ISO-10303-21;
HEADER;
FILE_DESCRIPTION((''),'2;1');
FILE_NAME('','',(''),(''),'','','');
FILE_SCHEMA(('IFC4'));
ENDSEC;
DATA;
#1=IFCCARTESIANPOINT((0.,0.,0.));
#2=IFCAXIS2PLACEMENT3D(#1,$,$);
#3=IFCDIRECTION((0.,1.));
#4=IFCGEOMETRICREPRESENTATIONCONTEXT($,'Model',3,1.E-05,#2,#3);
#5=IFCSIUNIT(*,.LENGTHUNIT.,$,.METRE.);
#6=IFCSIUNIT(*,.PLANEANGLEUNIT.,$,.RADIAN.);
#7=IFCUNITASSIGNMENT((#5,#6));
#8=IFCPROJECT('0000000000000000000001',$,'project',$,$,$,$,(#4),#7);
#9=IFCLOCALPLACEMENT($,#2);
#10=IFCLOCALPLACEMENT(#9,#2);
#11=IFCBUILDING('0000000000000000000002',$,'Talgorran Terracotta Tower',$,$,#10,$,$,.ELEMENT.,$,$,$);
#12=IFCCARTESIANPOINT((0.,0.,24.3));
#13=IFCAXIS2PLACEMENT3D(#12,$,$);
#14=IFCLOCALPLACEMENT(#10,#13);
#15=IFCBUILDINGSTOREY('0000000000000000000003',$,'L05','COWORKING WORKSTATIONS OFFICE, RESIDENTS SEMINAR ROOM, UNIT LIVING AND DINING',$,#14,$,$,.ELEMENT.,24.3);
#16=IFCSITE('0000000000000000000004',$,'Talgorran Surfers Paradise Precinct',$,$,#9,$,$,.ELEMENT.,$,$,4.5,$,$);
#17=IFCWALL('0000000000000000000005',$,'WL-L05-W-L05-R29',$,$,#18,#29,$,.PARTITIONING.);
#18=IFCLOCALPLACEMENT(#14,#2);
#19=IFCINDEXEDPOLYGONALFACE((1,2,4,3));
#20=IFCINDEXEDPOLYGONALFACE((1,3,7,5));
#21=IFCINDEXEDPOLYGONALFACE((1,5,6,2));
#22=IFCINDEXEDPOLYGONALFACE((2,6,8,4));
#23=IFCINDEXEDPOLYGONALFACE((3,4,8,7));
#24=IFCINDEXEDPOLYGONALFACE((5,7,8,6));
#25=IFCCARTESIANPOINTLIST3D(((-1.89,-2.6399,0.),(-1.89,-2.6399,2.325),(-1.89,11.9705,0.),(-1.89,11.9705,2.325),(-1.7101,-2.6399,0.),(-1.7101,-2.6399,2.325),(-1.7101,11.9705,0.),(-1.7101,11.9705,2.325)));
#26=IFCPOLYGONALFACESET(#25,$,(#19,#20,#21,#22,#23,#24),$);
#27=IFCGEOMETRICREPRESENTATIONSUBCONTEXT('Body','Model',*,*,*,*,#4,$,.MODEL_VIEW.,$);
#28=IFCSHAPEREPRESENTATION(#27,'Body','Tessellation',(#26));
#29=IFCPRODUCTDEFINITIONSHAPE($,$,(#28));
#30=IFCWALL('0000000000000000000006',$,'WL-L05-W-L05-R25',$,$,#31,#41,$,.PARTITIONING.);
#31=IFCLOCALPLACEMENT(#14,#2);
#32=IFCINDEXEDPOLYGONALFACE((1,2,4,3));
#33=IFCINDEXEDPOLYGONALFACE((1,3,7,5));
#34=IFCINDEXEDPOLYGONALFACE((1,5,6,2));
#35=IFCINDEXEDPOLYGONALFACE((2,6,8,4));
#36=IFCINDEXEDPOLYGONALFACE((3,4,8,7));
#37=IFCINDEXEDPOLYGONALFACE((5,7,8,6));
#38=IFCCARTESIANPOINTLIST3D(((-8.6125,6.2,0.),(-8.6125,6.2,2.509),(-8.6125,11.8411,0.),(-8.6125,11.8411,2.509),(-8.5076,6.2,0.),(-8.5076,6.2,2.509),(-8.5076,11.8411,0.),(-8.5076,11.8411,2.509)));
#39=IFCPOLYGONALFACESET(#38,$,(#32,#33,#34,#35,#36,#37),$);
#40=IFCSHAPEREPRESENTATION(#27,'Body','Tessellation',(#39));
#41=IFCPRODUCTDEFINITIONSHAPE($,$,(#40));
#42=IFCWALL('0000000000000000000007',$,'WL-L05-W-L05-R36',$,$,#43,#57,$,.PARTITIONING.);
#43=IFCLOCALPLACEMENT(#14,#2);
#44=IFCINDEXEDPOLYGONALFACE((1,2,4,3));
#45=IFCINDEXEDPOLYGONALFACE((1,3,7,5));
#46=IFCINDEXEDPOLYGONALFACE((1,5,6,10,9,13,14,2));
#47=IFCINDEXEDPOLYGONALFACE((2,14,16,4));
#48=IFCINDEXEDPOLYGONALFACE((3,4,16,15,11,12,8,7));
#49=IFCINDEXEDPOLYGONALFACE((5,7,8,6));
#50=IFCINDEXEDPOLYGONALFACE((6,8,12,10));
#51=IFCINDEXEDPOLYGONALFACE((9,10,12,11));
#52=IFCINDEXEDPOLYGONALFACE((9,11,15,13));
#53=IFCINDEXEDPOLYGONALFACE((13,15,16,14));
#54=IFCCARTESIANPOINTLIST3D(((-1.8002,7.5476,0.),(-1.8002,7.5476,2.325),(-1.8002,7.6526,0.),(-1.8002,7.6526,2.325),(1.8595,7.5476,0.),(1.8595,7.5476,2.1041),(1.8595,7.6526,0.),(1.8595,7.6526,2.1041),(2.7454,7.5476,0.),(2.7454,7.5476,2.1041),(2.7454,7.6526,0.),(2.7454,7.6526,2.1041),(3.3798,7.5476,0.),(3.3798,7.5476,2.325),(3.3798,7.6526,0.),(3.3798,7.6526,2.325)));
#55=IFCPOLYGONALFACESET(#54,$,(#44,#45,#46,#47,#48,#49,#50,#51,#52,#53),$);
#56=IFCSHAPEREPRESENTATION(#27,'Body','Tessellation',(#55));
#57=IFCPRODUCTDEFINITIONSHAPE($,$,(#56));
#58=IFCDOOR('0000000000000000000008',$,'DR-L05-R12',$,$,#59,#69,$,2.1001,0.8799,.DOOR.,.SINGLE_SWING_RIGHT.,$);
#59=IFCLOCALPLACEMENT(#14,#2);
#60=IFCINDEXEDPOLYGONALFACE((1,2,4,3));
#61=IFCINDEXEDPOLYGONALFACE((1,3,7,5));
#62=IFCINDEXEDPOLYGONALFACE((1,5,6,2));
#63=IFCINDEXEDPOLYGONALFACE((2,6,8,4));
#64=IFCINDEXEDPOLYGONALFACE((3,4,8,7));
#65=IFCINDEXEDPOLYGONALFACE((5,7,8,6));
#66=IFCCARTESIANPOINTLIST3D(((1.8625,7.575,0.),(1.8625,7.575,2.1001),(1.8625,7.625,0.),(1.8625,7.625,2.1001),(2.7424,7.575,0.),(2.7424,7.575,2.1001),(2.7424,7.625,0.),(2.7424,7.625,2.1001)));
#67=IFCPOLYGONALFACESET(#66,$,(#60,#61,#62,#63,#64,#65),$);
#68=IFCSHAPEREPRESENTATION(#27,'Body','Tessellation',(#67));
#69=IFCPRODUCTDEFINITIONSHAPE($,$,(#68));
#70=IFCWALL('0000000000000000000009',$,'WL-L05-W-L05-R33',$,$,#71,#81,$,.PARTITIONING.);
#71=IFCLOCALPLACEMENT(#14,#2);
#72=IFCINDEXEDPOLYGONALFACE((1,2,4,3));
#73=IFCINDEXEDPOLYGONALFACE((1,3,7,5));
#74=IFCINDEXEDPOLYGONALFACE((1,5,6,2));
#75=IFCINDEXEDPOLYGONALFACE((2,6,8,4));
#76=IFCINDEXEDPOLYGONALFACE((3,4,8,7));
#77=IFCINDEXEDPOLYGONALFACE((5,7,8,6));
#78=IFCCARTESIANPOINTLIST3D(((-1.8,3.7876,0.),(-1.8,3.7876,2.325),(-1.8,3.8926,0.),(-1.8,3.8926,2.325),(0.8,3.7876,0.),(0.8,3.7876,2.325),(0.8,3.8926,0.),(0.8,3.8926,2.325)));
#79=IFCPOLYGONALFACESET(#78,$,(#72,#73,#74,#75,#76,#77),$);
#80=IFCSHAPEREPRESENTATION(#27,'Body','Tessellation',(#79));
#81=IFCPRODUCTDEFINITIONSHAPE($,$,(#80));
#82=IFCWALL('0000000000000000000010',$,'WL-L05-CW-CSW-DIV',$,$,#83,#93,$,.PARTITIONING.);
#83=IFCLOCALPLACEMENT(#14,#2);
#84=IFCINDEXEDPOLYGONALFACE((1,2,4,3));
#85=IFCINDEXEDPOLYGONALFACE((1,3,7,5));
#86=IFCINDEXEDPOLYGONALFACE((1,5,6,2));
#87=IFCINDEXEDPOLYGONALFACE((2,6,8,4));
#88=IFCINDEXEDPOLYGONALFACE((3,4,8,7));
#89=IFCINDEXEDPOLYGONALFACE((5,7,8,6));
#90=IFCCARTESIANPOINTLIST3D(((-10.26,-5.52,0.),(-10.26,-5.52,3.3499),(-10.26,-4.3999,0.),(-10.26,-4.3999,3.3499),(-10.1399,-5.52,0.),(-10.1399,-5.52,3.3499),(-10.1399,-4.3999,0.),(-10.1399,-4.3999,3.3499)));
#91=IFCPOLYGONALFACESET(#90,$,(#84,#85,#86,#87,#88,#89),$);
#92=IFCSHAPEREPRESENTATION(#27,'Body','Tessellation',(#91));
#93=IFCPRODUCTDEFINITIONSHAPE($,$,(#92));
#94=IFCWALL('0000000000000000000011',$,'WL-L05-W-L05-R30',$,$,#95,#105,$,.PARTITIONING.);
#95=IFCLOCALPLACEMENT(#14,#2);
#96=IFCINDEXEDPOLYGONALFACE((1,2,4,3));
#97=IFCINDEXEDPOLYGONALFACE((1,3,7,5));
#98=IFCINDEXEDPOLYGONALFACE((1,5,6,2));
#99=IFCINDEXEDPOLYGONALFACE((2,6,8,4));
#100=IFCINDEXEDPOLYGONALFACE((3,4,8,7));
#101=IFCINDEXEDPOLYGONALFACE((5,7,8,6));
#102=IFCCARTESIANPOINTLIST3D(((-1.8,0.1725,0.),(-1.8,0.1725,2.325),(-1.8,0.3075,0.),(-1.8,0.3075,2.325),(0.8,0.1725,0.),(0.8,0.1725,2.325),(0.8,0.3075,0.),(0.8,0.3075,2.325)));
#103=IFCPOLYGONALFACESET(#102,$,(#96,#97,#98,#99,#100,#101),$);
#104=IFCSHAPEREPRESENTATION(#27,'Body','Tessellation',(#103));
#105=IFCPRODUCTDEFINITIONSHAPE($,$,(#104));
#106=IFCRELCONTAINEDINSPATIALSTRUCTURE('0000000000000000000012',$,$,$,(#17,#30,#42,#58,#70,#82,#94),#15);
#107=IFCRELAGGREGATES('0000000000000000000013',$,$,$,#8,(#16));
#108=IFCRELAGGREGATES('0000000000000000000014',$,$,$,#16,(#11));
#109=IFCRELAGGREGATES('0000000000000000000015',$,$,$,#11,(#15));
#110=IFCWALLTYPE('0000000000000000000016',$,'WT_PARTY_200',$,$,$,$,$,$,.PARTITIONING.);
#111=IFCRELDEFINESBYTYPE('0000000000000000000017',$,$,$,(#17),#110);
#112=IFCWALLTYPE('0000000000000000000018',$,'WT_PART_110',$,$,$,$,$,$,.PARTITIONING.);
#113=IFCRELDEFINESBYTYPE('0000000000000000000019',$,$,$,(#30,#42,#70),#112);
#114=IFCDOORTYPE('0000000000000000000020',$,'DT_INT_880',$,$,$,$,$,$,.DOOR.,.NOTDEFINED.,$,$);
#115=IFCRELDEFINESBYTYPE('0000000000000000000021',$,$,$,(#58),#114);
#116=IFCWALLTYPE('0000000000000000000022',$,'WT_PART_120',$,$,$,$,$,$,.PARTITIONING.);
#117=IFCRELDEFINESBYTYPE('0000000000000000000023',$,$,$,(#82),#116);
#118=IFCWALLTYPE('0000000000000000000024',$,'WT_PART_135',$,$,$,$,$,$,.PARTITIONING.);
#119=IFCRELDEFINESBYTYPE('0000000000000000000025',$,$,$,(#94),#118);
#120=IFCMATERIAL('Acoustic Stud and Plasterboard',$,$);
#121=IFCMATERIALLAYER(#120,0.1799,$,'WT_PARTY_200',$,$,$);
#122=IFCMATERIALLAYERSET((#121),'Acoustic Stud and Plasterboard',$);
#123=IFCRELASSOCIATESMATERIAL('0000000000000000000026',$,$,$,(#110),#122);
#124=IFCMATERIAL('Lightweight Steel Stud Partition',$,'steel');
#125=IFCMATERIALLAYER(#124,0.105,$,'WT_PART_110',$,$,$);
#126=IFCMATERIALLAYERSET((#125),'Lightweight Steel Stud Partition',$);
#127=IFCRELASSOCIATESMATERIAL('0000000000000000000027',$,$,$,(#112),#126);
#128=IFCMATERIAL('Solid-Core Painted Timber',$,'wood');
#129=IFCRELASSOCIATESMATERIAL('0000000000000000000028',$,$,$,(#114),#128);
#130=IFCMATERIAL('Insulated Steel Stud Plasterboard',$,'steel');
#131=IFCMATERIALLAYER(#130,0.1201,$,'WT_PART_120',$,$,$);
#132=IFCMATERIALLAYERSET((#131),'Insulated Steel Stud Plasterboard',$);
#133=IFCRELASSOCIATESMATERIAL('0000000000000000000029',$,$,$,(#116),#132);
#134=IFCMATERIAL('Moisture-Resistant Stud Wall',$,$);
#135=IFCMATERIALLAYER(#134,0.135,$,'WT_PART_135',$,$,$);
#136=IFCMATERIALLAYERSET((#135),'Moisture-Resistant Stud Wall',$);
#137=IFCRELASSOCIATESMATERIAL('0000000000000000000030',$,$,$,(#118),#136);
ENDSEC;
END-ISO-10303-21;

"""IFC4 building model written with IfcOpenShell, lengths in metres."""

from ifc_helpers import new_model, si_unit, direction, frame, frame_2d, origin, place, context, subcontext, project, spatial, rectangle, extrude, material, layer, layer_set, type_object, element, fill, save


model = new_model("IFC4")

# Units and contexts
model_context = context("Model", 3, precision=1e-05, world=origin(), true_north=direction((0.0, 1.0)))
body_context = subcontext(model_context, "Body", "Model", "MODEL_VIEW")
ifc_project = project(units=[si_unit("LENGTHUNIT", "METRE"), si_unit("PLANEANGLEUNIT", "RADIAN")], contexts=[model_context])

# Site, building, storey
site_placement = place(None, origin())
site = spatial("IfcSite", under=ifc_project, at=site_placement, Name="Talgorran Surfers Paradise Precinct", CompositionType="ELEMENT", RefElevation=4.5)
building_placement = place(site_placement, origin())
building = spatial("IfcBuilding", under=site, at=building_placement, Name="Talgorran Terracotta Tower", CompositionType="ELEMENT")
storey_placement = place(building_placement, frame((0.0, 0.0, 24.3)))
storey = spatial("IfcBuildingStorey", under=building, at=storey_placement, Name="L05", Description="COWORKING WORKSTATIONS OFFICE, RESIDENTS SEMINAR ROOM, UNIT LIVING AND DINING", CompositionType="ELEMENT", Elevation=24.3)

# Walls
ifc_material_1 = material(Name="Acoustic Stud and Plasterboard")
ifc_layer_1 = layer(ifc_material_1, 0.1799, Name="WT_PARTY_200")
ifc_layer_set_1 = layer_set([ifc_layer_1], Name="Acoustic Stud and Plasterboard")
wall_type_1 = type_object("IfcWallType", Name="WT_PARTY_200", PredefinedType="PARTITIONING", material=ifc_layer_set_1)
wall_1_placement = place(storey_placement, frame((-1.8, -2.6399, 0.0), z_axis=(0.0, 0.0, 1.0), x_axis=(0.0, 1.0, 0.0)))
element("IfcWall", 1, at=wall_1_placement, inside=storey, type_object=wall_type_1, Name="WL-L05-W-L05-R29", PredefinedType="PARTITIONING", context=body_context, shape_type="SweptSolid", body=[
    extrude(rectangle(XDim=14.6104, YDim=0.1799, at=frame_2d((7.3052, 0.0))), origin(), (0.0, 0.0, 1.0), 2.325),
])
ifc_material_2 = material(Name="Lightweight Steel Stud Partition", Category="steel")
ifc_layer_2 = layer(ifc_material_2, 0.105, Name="WT_PART_110")
ifc_layer_set_2 = layer_set([ifc_layer_2], Name="Lightweight Steel Stud Partition")
wall_type_2 = type_object("IfcWallType", Name="WT_PART_110", PredefinedType="PARTITIONING", material=ifc_layer_set_2)
wall_2_placement = place(storey_placement, frame((-8.5601, 6.2, 0.0), z_axis=(0.0, 0.0, 1.0), x_axis=(0.0, 1.0, 0.0)))
element("IfcWall", 2, at=wall_2_placement, inside=storey, type_object=wall_type_2, Name="WL-L05-W-L05-R25", PredefinedType="PARTITIONING", context=body_context, shape_type="SweptSolid", body=[
    extrude(rectangle(XDim=5.6411, YDim=0.105, at=frame_2d((2.8206, 0.0))), origin(), (0.0, 0.0, 1.0), 2.509),
])

# Wall, opening, door
wall_3_placement = place(storey_placement, frame((-1.8, 7.6001, 0.0), z_axis=(0.0, 0.0, 1.0), x_axis=(1.0, 0.0, 0.0)))
wall_3 = element("IfcWall", 3, at=wall_3_placement, inside=storey, type_object=wall_type_2, Name="WL-L05-W-L05-R36", PredefinedType="PARTITIONING", context=body_context, shape_type="SweptSolid", body=[
    extrude(rectangle(XDim=5.1799, YDim=0.105, at=frame_2d((2.5898, 0.0))), origin(), (0.0, 0.0, 1.0), 2.325),
])
opening_1_placement = place(wall_3_placement, frame((3.6626, 0.0, 0.0)))
opening_1 = element("IfcOpeningElement", 4, at=opening_1_placement, cuts=wall_3, PredefinedType="OPENING", context=body_context, shape_type="SweptSolid", body=[
    extrude(rectangle(XDim=0.8859, YDim=2.1041, at=frame_2d((0.4399, 1.052))), frame((0.0, 0.0625, 0.0), z_axis=(0.0, -1.0, 0.0), x_axis=(1.0, 0.0, 0.0)), (0.0, 0.0, 1.0), 0.125),
])
ifc_material_3 = material(Name="Solid-Core Painted Timber", Category="wood")
door_type_1 = type_object("IfcDoorType", Name="DT_INT_880", OperationType="NOTDEFINED", PredefinedType="DOOR", material=ifc_material_3)
door_1_placement = place(opening_1_placement, origin())
door_1 = element("IfcDoor", 5, at=door_1_placement, inside=storey, type_object=door_type_1, Name="DR-L05-R12", OperationType="SINGLE_SWING_RIGHT", OverallHeight=2.1001, OverallWidth=0.8799, PredefinedType="DOOR", context=body_context, shape_type="SweptSolid", body=[
    extrude(rectangle(XDim=0.8799, YDim=2.1001, at=frame_2d((0.4399, 1.05))), frame((0.0, 0.0249, 0.0), z_axis=(0.0, -1.0, 0.0), x_axis=(1.0, 0.0, 0.0)), (0.0, 0.0, 1.0), 0.05),
])
fill(opening_1, door_1)

# Walls
wall_4_placement = place(storey_placement, frame((-1.8, 3.8401, 0.0), z_axis=(0.0, 0.0, 1.0), x_axis=(1.0, 0.0, 0.0)))
element("IfcWall", 6, at=wall_4_placement, inside=storey, type_object=wall_type_2, Name="WL-L05-W-L05-R33", PredefinedType="PARTITIONING", context=body_context, shape_type="SweptSolid", body=[
    extrude(rectangle(XDim=2.6001, YDim=0.105, at=frame_2d((1.3, 0.0))), origin(), (0.0, 0.0, 1.0), 2.325),
])
ifc_material_4 = material(Name="Insulated Steel Stud Plasterboard", Category="steel")
ifc_layer_3 = layer(ifc_material_4, 0.1201, Name="WT_PART_120")
ifc_layer_set_3 = layer_set([ifc_layer_3], Name="Insulated Steel Stud Plasterboard")
wall_type_3 = type_object("IfcWallType", Name="WT_PART_120", PredefinedType="PARTITIONING", material=ifc_layer_set_3)
wall_5_placement = place(storey_placement, frame((-10.2, -5.52, 0.0), z_axis=(0.0, 0.0, 1.0), x_axis=(0.0, 1.0, 0.0)))
element("IfcWall", 7, at=wall_5_placement, inside=storey, type_object=wall_type_3, Name="WL-L05-CW-CSW-DIV", PredefinedType="PARTITIONING", context=body_context, shape_type="SweptSolid", body=[
    extrude(rectangle(XDim=1.1201, YDim=0.1201, at=frame_2d((0.5601, 0.0))), origin(), (0.0, 0.0, 1.0), 3.3499),
])
ifc_material_5 = material(Name="Moisture-Resistant Stud Wall")
ifc_layer_4 = layer(ifc_material_5, 0.135, Name="WT_PART_135")
ifc_layer_set_4 = layer_set([ifc_layer_4], Name="Moisture-Resistant Stud Wall")
wall_type_4 = type_object("IfcWallType", Name="WT_PART_135", PredefinedType="PARTITIONING", material=ifc_layer_set_4)
wall_6_placement = place(storey_placement, frame((-1.8, 0.24, 0.0), z_axis=(0.0, 0.0, 1.0), x_axis=(1.0, 0.0, 0.0)))
element("IfcWall", 8, at=wall_6_placement, inside=storey, type_object=wall_type_4, Name="WL-L05-W-L05-R30", PredefinedType="PARTITIONING", context=body_context, shape_type="SweptSolid", body=[
    extrude(rectangle(XDim=2.6001, YDim=0.135, at=frame_2d((1.3, 0.0))), origin(), (0.0, 0.0, 1.0), 2.325),
])

save(model, "model.ifc")
